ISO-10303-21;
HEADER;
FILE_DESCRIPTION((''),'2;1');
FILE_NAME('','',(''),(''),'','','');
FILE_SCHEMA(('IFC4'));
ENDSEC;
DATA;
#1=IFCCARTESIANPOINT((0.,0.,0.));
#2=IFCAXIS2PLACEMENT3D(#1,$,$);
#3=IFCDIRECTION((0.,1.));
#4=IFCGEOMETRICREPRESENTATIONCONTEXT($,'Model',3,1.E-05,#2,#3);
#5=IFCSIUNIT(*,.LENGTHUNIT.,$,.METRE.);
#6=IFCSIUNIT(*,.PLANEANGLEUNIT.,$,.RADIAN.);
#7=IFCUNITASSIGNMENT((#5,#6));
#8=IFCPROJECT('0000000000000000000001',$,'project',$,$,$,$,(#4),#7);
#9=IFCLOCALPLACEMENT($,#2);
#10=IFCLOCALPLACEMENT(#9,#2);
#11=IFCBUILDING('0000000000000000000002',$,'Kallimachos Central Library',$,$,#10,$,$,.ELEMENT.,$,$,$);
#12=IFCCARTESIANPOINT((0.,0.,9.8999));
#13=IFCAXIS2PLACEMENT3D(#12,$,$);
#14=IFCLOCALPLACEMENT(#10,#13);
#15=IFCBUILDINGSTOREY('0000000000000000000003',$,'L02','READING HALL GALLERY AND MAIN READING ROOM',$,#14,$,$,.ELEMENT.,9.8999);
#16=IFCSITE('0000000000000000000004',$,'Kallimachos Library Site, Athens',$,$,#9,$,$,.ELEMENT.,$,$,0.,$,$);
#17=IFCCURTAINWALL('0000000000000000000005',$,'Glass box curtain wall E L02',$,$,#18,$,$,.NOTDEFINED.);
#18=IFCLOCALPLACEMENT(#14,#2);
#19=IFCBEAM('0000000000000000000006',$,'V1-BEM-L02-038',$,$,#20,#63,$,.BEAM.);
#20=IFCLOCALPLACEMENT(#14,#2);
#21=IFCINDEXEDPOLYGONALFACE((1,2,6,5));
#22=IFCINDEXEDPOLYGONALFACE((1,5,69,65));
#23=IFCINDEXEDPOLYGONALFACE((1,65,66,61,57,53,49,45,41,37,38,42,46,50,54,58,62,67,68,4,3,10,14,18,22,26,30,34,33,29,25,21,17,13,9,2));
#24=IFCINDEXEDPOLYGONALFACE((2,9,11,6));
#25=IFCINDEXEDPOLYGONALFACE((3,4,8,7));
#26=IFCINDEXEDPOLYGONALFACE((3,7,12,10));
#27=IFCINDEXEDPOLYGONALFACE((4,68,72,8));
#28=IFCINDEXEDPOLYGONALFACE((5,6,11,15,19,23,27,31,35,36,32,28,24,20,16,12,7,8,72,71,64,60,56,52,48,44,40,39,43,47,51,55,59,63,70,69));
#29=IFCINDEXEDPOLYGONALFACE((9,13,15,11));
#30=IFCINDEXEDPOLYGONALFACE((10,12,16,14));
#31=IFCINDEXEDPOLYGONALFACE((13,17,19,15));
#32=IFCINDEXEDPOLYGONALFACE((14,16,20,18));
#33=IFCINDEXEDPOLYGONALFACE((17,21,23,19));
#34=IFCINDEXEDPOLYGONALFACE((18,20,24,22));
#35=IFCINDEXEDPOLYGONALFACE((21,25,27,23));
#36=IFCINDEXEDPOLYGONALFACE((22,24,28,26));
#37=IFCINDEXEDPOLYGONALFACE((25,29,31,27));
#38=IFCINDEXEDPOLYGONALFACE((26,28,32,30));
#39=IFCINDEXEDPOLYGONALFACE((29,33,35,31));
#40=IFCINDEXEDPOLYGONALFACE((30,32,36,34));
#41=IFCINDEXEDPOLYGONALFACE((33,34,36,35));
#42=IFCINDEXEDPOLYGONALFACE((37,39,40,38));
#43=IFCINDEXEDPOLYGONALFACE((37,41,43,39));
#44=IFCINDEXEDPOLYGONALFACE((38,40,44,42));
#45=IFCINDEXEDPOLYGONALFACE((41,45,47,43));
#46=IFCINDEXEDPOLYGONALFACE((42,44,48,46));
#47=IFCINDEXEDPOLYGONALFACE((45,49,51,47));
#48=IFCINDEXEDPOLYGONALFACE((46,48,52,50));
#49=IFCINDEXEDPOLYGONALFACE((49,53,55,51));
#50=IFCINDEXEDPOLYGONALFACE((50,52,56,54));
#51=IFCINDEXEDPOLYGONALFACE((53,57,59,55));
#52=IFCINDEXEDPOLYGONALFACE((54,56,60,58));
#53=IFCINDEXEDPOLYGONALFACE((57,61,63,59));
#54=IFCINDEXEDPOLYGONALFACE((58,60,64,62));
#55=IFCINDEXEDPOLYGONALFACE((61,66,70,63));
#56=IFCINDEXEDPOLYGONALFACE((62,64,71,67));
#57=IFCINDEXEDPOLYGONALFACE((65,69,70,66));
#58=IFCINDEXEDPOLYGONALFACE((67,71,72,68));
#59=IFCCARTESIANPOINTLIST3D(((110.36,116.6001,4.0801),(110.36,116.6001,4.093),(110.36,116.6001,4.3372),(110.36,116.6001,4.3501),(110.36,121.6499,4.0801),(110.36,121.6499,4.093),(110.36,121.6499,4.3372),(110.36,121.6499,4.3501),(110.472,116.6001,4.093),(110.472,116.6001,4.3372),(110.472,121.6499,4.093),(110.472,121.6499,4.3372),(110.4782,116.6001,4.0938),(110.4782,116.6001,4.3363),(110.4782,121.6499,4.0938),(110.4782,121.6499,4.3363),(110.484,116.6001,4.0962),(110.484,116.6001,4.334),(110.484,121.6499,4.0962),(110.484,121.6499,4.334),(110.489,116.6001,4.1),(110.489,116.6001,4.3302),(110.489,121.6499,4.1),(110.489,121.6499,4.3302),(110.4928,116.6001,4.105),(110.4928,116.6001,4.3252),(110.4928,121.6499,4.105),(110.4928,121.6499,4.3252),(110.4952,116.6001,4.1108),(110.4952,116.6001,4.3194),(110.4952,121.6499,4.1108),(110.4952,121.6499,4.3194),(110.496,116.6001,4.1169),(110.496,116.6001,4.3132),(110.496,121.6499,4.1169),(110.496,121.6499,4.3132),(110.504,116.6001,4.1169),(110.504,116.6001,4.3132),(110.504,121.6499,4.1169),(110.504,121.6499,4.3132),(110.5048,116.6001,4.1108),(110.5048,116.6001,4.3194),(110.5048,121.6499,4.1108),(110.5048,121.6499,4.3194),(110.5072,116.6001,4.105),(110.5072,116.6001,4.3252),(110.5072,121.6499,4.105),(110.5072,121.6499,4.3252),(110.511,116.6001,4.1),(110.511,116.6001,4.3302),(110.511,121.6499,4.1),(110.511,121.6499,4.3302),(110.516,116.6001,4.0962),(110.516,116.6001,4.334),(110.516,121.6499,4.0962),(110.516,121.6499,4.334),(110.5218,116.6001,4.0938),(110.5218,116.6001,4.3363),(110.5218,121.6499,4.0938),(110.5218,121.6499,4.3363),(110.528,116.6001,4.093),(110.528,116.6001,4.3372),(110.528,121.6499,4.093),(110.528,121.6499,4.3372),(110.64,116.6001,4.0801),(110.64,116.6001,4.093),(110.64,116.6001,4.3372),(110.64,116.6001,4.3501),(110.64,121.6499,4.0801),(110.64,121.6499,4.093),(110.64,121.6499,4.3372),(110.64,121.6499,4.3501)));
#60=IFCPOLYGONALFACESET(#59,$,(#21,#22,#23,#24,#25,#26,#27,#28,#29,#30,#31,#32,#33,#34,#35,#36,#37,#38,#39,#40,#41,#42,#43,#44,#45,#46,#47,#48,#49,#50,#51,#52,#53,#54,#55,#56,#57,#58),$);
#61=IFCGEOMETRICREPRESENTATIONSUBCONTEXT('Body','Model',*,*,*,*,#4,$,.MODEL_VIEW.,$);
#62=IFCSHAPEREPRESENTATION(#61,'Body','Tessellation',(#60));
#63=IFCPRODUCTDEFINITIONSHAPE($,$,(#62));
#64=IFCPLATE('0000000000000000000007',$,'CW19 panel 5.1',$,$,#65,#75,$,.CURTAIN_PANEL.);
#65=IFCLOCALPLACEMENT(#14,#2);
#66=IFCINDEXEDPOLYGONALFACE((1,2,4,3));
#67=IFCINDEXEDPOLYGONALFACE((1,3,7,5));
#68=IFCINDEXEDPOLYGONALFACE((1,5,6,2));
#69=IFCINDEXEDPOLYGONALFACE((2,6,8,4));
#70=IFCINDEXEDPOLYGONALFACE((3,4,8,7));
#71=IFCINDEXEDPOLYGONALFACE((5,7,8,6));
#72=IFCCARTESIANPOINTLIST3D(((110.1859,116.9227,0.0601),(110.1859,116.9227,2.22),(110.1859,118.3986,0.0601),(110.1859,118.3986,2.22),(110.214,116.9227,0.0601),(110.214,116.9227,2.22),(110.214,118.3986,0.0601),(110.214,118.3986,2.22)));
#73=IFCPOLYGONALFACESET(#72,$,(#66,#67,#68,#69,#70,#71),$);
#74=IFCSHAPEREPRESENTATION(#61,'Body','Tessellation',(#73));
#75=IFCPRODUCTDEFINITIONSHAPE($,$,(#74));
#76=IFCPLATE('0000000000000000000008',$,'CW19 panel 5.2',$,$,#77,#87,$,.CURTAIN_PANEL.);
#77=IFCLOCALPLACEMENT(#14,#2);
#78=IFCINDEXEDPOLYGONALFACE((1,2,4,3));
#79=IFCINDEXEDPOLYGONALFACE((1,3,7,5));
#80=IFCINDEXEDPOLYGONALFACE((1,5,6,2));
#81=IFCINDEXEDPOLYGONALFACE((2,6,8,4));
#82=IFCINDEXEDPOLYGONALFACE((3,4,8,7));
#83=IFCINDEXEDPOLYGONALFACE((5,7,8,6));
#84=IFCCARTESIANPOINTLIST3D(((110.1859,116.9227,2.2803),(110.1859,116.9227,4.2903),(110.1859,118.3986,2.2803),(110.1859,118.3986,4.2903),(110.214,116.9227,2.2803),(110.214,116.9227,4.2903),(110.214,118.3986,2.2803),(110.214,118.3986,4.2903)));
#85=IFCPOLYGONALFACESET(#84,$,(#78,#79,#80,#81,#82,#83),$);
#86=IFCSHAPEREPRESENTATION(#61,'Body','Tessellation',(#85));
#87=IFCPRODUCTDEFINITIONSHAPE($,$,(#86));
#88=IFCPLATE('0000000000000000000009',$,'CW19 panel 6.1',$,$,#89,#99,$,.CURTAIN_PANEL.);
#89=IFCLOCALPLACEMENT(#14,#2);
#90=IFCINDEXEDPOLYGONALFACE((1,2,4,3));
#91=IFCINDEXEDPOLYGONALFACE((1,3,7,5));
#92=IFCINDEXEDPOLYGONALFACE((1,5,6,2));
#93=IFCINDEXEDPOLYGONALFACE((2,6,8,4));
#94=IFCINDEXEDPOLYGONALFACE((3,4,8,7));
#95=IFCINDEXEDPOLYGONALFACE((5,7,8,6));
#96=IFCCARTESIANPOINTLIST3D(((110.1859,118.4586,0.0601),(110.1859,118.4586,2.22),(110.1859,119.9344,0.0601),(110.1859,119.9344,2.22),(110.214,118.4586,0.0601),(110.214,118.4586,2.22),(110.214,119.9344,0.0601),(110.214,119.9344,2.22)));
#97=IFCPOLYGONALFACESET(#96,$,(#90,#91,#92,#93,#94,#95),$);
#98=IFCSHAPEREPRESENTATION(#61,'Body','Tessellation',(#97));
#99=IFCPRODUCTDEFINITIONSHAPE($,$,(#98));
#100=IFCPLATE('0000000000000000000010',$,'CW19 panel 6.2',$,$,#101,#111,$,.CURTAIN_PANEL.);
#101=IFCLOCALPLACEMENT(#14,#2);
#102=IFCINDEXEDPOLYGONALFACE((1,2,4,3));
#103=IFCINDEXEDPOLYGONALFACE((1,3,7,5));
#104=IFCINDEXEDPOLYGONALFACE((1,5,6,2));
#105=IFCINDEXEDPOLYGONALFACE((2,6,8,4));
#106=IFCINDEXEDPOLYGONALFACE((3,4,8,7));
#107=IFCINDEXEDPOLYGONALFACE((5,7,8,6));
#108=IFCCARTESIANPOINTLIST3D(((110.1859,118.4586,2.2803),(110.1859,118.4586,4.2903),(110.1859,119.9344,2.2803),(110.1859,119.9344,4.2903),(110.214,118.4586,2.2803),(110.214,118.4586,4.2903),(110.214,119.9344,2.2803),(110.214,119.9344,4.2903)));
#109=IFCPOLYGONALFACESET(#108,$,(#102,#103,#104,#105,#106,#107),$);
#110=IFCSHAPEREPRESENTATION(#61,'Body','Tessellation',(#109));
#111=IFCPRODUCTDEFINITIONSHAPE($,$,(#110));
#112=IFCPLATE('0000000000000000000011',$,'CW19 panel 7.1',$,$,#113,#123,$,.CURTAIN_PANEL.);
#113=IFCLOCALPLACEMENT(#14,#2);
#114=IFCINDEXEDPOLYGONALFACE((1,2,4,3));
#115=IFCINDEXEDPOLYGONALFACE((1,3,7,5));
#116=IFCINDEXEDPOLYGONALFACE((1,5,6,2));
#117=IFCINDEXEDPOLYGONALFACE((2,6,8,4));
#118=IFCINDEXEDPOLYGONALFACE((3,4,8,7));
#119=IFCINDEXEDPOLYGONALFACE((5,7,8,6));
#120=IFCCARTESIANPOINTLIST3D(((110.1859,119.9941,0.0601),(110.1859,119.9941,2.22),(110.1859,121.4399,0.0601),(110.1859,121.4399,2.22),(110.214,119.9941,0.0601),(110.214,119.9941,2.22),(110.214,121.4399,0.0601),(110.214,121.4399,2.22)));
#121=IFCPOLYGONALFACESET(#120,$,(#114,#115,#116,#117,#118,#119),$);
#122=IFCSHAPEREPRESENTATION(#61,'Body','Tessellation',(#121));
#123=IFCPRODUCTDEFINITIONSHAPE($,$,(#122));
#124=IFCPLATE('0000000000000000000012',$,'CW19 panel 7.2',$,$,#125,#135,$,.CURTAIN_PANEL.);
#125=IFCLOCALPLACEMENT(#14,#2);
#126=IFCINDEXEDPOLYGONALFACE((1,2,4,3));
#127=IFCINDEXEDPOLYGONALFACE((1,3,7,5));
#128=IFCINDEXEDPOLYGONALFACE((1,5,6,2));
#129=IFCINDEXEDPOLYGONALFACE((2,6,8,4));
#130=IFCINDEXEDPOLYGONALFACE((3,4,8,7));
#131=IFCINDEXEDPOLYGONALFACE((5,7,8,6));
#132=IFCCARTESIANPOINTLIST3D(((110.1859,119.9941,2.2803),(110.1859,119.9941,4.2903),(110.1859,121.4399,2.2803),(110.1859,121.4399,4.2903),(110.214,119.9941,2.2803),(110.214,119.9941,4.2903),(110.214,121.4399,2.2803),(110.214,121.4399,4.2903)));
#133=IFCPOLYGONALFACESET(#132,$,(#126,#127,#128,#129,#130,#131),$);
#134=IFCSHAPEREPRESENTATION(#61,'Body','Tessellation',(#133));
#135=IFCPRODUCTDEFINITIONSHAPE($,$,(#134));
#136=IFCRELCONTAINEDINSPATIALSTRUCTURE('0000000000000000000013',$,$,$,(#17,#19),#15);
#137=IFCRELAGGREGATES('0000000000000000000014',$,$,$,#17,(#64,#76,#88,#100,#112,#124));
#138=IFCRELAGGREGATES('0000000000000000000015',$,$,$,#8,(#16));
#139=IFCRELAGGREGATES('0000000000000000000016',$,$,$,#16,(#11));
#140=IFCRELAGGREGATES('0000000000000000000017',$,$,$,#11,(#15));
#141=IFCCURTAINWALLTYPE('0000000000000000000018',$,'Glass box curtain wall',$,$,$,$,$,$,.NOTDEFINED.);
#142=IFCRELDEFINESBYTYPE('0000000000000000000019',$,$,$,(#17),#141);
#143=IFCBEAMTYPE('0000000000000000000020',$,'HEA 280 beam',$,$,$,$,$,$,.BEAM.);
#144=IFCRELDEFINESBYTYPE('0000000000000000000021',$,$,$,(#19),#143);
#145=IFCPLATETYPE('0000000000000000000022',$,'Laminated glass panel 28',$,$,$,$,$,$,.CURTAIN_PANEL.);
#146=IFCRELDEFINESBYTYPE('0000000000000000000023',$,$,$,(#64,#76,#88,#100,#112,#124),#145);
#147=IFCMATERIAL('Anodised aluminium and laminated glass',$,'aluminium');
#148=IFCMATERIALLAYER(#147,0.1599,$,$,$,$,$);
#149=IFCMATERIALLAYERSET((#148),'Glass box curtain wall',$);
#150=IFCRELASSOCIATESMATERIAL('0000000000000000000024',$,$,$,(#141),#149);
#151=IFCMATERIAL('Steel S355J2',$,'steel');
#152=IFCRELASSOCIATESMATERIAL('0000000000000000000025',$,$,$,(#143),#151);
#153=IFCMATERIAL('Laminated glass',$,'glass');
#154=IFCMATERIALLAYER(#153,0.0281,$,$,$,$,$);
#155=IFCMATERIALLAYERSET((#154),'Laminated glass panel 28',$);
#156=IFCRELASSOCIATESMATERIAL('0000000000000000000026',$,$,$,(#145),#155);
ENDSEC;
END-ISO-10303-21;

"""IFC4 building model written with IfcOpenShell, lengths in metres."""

from ifc_helpers import new_model, si_unit, direction, frame, origin, origin_2d, place, context, subcontext, project, spatial, rectangle, i_section, extrude, material, layer, layer_set, material_profile, profile_set, type_object, element, aggregate, save


model = new_model("IFC4")

# Units and contexts
model_context = context("Model", 3, precision=1e-05, world=origin(), true_north=direction((0.0, 1.0)))
body_context = subcontext(model_context, "Body", "Model", "MODEL_VIEW")
ifc_project = project(units=[si_unit("LENGTHUNIT", "METRE"), si_unit("PLANEANGLEUNIT", "RADIAN")], contexts=[model_context])

# Site, building, storey
site_placement = place(None, origin())
site = spatial("IfcSite", under=ifc_project, at=site_placement, Name="Kallimachos Library Site, Athens", CompositionType="ELEMENT", RefElevation=0.0)
building_placement = place(site_placement, origin())
building = spatial("IfcBuilding", under=site, at=building_placement, Name="Kallimachos Central Library", CompositionType="ELEMENT")
storey_placement = place(building_placement, frame((0.0, 0.0, 9.8999)))
storey = spatial("IfcBuildingStorey", under=building, at=storey_placement, Name="L02", Description="READING HALL GALLERY AND MAIN READING ROOM", CompositionType="ELEMENT", Elevation=9.8999)

# Curtain wall
ifc_material_1 = material(Name="Anodised aluminium and laminated glass", Category="aluminium")
ifc_layer_1 = layer(ifc_material_1, 0.1599)
ifc_layer_set_1 = layer_set([ifc_layer_1], Name="Glass box curtain wall")
curtain_wall_type = type_object("IfcCurtainWallType", Name="Glass box curtain wall", PredefinedType="NOTDEFINED", material=ifc_layer_set_1)
curtain_wall_placement = place(storey_placement, origin())
curtain_wall = element("IfcCurtainWall", 1, at=curtain_wall_placement, inside=storey, type_object=curtain_wall_type, Name="Glass box curtain wall E L02", PredefinedType="NOTDEFINED")

# Beam
ifc_material_2 = material(Name="Steel S355J2", Category="steel")
ifc_material_profile_1 = material_profile(ifc_material_2, i_section(OverallWidth=0.28, OverallDepth=0.27, WebThickness=0.0081, FlangeThickness=0.0129, FilletRadius=0.0239, at=origin_2d()), Name="HEA 280")
ifc_profile_set_1 = profile_set([ifc_material_profile_1], Name="Steel S355J2")
beam_type = type_object("IfcBeamType", Name="HEA 280 beam", PredefinedType="BEAM", material=ifc_profile_set_1)
beam_placement = place(storey_placement, frame((110.5, 116.6001, 4.2151), z_axis=(0.0, 1.0, 0.0), x_axis=(-1.0, 0.0, 0.0)))
element("IfcBeam", 2, at=beam_placement, inside=storey, type_object=beam_type, Name="V1-BEM-L02-038", PredefinedType="BEAM", context=body_context, shape_type="SweptSolid", body=[
    extrude(i_section(OverallWidth=0.28, OverallDepth=0.27, WebThickness=0.0081, FlangeThickness=0.0129, FilletRadius=0.0239, at=origin_2d()), origin(), (0.0, 0.0, 1.0), 5.0498),
])

# Plates
ifc_material_3 = material(Name="Laminated glass", Category="glass")
ifc_layer_2 = layer(ifc_material_3, 0.0281)
ifc_layer_set_2 = layer_set([ifc_layer_2], Name="Laminated glass panel 28")
plate_type = type_object("IfcPlateType", Name="Laminated glass panel 28", PredefinedType="CURTAIN_PANEL", material=ifc_layer_set_2)
plate_1_placement = place(storey_placement, frame((110.2, 117.6606, 0.0601), z_axis=(0.0, 0.0, 1.0), x_axis=(0.0, 1.0, 0.0)))
plate_1 = element("IfcPlate", 3, at=plate_1_placement, type_object=plate_type, Name="CW19 panel 5.1", PredefinedType="CURTAIN_PANEL", context=body_context, shape_type="SweptSolid", body=[
    extrude(rectangle(XDim=1.4758, YDim=0.0281, at=origin_2d()), origin(), (0.0, 0.0, 1.0), 2.1599),
])
plate_2_placement = place(storey_placement, frame((110.2, 117.6606, 2.2803), z_axis=(0.0, 0.0, 1.0), x_axis=(0.0, 1.0, 0.0)))
plate_2 = element("IfcPlate", 4, at=plate_2_placement, type_object=plate_type, Name="CW19 panel 5.2", PredefinedType="CURTAIN_PANEL", context=body_context, shape_type="SweptSolid", body=[
    extrude(rectangle(XDim=1.4758, YDim=0.0281, at=origin_2d()), origin(), (0.0, 0.0, 1.0), 2.01),
])
plate_3_placement = place(storey_placement, frame((110.2, 119.1965, 0.0601), z_axis=(0.0, 0.0, 1.0), x_axis=(0.0, 1.0, 0.0)))
plate_3 = element("IfcPlate", 5, at=plate_3_placement, type_object=plate_type, Name="CW19 panel 6.1", PredefinedType="CURTAIN_PANEL", context=body_context, shape_type="SweptSolid", body=[
    extrude(rectangle(XDim=1.4758, YDim=0.0281, at=origin_2d()), origin(), (0.0, 0.0, 1.0), 2.1599),
])
plate_4_placement = place(storey_placement, frame((110.2, 119.1965, 2.2803), z_axis=(0.0, 0.0, 1.0), x_axis=(0.0, 1.0, 0.0)))
plate_4 = element("IfcPlate", 6, at=plate_4_placement, type_object=plate_type, Name="CW19 panel 6.2", PredefinedType="CURTAIN_PANEL", context=body_context, shape_type="SweptSolid", body=[
    extrude(rectangle(XDim=1.4758, YDim=0.0281, at=origin_2d()), origin(), (0.0, 0.0, 1.0), 2.01),
])
plate_5_placement = place(storey_placement, frame((110.2, 120.717, 0.0601), z_axis=(0.0, 0.0, 1.0), x_axis=(0.0, 1.0, 0.0)))
plate_5 = element("IfcPlate", 7, at=plate_5_placement, type_object=plate_type, Name="CW19 panel 7.1", PredefinedType="CURTAIN_PANEL", context=body_context, shape_type="SweptSolid", body=[
    extrude(rectangle(XDim=1.4458, YDim=0.0281, at=origin_2d()), origin(), (0.0, 0.0, 1.0), 2.1599),
])
plate_6_placement = place(storey_placement, frame((110.2, 120.717, 2.2803), z_axis=(0.0, 0.0, 1.0), x_axis=(0.0, 1.0, 0.0)))
plate_6 = element("IfcPlate", 8, at=plate_6_placement, type_object=plate_type, Name="CW19 panel 7.2", PredefinedType="CURTAIN_PANEL", context=body_context, shape_type="SweptSolid", body=[
    extrude(rectangle(XDim=1.4458, YDim=0.0281, at=origin_2d()), origin(), (0.0, 0.0, 1.0), 2.01),
])
aggregate(curtain_wall, [plate_1, plate_2, plate_3, plate_4, plate_5, plate_6])

save(model, "model.ifc")
